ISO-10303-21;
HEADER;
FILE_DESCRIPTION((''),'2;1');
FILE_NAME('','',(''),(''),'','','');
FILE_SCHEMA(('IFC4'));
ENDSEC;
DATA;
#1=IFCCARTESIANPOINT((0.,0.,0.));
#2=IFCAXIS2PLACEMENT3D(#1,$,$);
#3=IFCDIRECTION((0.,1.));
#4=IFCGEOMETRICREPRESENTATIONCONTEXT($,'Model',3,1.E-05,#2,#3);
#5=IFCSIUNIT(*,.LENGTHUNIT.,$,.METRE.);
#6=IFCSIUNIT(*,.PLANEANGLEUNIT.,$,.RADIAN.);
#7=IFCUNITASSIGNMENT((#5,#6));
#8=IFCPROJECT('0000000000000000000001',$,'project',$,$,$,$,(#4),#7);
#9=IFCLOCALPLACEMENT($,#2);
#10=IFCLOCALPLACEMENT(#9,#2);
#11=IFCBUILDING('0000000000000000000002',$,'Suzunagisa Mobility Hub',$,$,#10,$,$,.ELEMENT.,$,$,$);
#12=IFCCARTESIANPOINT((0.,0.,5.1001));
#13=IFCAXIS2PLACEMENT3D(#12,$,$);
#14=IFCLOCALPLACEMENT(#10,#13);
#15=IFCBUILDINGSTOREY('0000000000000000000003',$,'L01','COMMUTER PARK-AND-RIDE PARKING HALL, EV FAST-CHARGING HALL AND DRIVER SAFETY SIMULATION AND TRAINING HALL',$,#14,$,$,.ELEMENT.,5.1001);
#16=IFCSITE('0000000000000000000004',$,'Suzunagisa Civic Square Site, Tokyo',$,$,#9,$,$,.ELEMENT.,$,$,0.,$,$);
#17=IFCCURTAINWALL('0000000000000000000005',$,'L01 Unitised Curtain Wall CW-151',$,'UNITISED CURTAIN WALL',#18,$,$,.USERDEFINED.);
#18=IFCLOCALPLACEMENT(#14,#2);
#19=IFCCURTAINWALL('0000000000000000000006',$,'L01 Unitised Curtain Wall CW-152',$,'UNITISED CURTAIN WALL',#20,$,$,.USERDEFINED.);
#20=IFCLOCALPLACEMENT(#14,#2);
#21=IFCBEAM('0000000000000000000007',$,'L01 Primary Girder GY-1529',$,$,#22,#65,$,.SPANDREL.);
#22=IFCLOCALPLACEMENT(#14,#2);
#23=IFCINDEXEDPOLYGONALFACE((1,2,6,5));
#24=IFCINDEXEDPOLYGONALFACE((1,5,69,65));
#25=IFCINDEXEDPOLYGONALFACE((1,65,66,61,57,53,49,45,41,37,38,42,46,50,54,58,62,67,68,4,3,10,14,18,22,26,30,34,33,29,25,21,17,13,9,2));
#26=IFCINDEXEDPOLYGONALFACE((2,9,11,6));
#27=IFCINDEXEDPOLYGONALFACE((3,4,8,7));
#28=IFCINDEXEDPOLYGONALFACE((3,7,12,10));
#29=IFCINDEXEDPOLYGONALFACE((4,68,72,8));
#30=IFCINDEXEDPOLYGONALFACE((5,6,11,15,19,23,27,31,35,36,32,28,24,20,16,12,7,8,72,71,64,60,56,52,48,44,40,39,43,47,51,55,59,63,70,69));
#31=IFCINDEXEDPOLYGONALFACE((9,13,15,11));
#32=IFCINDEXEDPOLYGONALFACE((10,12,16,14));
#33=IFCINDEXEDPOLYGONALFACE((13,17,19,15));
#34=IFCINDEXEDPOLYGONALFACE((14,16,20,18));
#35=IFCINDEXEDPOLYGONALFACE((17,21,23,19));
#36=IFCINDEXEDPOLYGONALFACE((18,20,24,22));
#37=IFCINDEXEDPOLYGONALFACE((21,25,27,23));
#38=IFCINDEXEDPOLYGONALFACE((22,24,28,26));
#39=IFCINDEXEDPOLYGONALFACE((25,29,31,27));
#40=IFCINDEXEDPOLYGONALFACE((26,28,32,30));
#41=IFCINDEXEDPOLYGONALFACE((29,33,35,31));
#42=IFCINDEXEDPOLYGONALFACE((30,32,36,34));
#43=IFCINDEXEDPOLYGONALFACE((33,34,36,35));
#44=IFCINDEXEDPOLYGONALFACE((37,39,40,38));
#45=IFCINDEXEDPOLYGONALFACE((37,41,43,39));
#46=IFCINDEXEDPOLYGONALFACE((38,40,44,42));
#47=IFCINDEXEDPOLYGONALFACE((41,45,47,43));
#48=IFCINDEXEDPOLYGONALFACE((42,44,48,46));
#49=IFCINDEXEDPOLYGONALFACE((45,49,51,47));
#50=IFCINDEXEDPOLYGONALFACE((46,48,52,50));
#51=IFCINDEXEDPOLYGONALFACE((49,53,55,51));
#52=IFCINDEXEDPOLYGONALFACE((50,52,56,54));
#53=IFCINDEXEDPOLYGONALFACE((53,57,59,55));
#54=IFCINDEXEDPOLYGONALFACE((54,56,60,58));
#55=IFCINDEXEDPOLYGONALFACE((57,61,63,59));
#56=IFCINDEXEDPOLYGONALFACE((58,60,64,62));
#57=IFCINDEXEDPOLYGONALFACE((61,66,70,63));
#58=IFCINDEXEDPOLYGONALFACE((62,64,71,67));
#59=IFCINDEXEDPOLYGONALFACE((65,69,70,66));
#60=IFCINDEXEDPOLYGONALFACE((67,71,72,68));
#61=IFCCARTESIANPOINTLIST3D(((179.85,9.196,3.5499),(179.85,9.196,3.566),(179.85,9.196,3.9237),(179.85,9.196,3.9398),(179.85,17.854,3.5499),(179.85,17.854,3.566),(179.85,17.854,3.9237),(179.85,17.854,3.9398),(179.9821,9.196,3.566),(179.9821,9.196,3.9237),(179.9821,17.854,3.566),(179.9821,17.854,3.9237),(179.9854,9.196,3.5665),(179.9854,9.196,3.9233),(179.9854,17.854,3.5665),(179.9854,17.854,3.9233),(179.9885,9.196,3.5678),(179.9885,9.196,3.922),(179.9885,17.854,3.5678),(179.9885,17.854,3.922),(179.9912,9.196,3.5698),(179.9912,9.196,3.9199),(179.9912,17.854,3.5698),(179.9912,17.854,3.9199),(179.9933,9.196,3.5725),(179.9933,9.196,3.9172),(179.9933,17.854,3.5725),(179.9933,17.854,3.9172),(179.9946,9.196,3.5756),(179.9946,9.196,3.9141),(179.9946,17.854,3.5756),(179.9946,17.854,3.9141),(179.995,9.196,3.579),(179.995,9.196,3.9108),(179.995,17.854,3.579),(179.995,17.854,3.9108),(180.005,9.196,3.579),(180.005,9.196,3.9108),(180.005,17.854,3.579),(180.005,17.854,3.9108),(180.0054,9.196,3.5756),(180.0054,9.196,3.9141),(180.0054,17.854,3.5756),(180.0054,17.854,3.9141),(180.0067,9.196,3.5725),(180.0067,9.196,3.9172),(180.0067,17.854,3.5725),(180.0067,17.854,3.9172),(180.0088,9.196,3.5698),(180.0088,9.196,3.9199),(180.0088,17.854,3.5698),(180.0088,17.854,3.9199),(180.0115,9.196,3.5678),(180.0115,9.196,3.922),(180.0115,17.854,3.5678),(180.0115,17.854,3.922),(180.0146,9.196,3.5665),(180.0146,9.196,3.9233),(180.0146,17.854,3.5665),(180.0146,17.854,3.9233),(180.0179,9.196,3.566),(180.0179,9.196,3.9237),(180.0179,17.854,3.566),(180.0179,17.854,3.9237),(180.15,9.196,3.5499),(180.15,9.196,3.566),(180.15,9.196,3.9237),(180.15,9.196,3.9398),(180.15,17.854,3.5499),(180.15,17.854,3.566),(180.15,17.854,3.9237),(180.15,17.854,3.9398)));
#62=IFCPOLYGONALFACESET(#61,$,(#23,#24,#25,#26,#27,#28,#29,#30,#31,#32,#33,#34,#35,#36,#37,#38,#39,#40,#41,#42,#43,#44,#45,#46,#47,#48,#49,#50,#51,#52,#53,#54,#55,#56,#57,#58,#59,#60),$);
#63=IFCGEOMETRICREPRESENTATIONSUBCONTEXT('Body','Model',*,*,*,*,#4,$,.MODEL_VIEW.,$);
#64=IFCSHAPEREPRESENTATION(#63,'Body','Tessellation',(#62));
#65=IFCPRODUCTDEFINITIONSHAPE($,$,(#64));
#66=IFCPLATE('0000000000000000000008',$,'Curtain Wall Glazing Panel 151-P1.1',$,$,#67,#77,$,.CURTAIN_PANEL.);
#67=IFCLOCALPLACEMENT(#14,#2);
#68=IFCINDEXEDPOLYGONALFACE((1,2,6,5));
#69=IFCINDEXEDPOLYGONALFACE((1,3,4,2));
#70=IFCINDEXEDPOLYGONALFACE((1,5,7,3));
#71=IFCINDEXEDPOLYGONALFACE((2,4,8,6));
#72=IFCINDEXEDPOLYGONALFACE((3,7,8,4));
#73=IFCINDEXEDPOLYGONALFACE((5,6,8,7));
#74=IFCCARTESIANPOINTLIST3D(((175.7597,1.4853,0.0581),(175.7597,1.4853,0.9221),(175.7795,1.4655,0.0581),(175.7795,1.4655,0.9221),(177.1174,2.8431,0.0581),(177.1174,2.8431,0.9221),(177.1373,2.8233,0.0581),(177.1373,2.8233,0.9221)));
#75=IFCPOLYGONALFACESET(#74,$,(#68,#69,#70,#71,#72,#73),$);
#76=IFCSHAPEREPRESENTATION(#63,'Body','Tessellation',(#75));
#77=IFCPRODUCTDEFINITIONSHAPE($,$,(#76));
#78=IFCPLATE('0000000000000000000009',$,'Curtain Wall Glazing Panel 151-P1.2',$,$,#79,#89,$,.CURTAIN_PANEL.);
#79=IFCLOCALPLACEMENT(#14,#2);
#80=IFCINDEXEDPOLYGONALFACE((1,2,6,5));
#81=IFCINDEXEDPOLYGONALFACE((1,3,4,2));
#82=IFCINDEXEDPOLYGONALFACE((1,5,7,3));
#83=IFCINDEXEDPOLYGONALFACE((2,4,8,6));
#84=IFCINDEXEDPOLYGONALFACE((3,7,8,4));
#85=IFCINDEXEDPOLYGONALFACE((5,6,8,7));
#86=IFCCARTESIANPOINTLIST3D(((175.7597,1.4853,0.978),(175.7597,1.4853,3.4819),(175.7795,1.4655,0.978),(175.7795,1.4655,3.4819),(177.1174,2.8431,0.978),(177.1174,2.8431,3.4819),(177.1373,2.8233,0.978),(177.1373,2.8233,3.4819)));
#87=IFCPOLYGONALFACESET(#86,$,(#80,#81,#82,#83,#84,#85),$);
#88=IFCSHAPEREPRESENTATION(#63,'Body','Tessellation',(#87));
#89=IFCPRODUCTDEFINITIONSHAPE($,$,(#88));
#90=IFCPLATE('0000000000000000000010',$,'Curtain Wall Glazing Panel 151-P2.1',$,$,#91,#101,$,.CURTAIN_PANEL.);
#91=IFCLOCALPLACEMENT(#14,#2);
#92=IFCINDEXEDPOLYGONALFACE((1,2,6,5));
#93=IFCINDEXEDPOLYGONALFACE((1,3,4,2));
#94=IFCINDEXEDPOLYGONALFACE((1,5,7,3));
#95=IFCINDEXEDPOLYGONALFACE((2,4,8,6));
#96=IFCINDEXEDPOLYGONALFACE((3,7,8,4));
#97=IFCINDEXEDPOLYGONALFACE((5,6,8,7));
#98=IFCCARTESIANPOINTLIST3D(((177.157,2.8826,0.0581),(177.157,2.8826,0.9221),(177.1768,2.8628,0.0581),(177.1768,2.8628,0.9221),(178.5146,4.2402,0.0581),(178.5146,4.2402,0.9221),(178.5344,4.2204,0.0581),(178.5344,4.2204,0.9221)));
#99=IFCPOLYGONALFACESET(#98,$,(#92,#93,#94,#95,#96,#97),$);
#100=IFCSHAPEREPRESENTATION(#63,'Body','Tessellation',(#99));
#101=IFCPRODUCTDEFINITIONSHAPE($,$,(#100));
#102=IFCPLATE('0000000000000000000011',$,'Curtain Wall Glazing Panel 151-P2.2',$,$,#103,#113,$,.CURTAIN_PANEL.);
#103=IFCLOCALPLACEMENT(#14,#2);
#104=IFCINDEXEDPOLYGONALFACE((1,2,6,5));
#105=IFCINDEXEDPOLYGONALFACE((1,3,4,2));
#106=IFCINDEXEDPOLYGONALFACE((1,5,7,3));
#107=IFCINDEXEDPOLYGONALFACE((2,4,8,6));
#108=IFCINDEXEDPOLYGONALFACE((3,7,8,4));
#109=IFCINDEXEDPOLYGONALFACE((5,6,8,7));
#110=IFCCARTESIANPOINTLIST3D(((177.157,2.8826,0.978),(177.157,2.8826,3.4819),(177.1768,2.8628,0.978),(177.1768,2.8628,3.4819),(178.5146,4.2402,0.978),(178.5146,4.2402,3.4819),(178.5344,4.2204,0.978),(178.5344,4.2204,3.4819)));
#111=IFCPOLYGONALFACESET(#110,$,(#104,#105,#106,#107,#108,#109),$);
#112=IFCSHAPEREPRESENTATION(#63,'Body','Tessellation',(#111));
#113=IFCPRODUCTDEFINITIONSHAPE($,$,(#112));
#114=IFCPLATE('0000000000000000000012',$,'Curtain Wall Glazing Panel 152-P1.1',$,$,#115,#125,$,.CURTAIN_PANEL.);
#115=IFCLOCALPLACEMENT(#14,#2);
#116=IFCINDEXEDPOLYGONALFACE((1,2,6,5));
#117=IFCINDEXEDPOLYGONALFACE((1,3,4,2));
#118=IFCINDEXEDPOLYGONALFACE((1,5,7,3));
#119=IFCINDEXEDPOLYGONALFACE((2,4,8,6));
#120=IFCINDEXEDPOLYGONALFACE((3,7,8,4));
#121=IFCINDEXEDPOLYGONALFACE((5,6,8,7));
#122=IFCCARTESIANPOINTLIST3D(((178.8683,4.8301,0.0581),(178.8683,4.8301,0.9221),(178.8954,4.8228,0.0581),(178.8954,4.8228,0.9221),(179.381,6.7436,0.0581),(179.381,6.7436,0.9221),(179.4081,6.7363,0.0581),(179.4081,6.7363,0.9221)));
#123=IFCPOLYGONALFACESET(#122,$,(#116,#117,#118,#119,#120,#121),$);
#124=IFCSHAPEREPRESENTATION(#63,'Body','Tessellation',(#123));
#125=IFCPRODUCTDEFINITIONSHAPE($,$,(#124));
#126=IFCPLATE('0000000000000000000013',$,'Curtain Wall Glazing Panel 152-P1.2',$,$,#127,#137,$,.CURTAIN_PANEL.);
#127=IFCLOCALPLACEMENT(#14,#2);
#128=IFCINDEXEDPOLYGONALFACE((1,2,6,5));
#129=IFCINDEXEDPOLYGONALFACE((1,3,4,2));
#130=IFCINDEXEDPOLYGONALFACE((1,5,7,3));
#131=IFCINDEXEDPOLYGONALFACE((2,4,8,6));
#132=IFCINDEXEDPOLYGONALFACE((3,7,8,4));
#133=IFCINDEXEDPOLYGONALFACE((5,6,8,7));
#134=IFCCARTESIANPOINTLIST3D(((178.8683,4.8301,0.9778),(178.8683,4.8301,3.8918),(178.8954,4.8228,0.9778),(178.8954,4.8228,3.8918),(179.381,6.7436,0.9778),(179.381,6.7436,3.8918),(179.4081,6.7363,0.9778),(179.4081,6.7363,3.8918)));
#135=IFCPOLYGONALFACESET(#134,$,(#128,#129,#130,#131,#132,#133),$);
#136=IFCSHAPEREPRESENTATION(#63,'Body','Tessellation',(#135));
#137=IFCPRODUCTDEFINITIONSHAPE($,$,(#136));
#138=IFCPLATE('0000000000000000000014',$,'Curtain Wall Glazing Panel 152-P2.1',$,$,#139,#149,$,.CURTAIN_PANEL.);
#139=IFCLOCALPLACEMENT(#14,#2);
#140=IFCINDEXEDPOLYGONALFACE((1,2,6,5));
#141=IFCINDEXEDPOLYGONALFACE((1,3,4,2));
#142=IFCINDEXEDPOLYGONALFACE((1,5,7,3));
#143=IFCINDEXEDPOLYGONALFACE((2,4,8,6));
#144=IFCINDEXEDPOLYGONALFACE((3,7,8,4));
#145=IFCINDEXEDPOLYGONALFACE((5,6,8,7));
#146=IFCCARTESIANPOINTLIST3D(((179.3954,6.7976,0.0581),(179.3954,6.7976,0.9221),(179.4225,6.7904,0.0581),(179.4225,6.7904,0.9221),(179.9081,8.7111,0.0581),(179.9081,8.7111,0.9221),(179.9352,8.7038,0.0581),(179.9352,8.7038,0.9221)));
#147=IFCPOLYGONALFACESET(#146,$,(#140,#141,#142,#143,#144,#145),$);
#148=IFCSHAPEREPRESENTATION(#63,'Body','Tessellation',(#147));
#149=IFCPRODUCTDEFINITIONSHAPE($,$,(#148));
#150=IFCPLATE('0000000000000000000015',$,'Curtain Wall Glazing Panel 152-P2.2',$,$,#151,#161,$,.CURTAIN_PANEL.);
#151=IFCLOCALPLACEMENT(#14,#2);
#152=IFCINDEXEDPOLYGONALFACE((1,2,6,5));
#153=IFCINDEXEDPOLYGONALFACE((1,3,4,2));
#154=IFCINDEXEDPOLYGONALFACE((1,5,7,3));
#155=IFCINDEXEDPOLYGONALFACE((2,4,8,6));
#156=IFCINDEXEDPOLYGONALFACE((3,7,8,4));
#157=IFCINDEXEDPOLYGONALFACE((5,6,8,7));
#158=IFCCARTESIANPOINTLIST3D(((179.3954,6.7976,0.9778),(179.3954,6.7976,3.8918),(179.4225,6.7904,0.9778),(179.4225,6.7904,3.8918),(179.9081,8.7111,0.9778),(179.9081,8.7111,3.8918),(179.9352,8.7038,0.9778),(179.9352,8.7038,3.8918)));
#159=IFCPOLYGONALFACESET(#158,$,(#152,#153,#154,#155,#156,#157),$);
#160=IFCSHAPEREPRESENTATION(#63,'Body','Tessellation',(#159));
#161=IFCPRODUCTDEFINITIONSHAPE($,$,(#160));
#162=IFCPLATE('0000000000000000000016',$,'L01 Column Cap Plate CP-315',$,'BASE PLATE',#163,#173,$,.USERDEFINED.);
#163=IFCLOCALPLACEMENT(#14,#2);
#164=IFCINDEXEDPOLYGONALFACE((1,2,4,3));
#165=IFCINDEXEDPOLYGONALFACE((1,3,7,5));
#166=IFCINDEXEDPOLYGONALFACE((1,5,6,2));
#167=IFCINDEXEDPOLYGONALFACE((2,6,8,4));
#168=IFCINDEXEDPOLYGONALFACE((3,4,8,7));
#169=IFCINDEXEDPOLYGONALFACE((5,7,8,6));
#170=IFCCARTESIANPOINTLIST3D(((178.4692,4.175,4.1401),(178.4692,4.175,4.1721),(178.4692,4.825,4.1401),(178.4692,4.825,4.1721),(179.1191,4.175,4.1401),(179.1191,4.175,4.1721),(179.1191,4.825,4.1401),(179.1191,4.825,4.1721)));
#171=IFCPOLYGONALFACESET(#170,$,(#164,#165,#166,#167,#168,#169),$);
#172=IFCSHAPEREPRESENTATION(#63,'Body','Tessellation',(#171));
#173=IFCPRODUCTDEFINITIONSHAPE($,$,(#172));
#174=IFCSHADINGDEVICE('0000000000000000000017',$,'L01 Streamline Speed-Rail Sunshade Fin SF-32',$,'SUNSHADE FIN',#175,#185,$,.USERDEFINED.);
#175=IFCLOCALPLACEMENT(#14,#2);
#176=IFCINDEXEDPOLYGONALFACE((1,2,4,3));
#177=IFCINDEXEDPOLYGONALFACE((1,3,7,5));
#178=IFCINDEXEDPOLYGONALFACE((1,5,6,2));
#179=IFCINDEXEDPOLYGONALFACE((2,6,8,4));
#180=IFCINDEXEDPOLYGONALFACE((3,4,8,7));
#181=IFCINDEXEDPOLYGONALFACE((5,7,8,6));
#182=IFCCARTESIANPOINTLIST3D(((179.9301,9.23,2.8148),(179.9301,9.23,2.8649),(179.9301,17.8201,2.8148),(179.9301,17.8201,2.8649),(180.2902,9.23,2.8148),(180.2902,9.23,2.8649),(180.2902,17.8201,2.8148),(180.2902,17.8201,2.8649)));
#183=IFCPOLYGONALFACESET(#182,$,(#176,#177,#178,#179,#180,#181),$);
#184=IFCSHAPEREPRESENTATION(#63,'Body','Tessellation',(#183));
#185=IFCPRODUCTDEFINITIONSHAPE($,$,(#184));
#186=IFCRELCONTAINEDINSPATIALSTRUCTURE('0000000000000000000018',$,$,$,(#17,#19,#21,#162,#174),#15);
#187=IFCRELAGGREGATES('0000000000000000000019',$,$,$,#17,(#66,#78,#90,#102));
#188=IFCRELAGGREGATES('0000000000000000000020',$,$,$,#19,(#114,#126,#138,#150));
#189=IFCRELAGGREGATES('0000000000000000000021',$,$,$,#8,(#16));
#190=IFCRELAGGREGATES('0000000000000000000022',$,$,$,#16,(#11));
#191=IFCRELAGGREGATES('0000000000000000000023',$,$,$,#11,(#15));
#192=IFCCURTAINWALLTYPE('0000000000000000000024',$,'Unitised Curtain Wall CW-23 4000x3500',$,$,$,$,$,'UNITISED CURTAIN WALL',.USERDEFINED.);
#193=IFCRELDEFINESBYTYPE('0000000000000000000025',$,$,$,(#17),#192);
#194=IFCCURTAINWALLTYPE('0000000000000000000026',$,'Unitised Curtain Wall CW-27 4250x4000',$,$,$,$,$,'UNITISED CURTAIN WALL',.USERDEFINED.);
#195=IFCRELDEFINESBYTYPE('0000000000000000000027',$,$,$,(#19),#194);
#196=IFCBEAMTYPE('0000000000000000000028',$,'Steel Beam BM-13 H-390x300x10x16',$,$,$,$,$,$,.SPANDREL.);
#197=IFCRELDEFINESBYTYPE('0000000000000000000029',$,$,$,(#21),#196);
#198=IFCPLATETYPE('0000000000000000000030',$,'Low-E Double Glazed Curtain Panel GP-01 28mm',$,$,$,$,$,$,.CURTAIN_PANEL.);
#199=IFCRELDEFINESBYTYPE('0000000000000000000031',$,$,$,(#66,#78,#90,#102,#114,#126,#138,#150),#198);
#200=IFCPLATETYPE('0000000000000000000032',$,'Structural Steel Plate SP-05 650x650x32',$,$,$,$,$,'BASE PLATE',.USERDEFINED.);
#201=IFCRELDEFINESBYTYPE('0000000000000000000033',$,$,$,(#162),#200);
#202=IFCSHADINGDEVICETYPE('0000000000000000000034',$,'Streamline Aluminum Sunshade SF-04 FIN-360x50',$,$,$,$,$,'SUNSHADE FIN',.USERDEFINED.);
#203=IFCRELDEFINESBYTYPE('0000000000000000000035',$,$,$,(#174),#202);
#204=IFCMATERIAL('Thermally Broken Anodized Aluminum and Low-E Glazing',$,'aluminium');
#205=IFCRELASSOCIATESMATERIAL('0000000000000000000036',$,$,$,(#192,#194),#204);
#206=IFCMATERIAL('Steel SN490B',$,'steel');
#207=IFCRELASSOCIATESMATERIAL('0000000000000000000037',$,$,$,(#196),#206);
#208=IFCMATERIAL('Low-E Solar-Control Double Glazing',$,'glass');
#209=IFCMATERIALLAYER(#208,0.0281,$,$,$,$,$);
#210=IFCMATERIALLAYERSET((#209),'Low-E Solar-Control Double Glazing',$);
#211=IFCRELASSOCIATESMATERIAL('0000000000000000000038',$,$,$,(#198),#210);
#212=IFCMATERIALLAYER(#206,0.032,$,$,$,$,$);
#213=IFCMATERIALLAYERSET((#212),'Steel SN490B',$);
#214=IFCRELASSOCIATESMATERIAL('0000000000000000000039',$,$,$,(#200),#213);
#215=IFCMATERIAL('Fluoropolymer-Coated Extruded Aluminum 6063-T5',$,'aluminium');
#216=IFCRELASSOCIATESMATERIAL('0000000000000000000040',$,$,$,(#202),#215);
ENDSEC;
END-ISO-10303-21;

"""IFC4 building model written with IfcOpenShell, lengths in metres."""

from ifc_helpers import new_model, si_unit, direction, frame, origin, origin_2d, place, context, subcontext, project, spatial, rectangle, i_section, extrude, material, layer, layer_set, material_profile, profile_set, type_object, element, aggregate, save


model = new_model("IFC4")

# Units and contexts
model_context = context("Model", 3, precision=1e-05, world=origin(), true_north=direction((0.0, 1.0)))
body_context = subcontext(model_context, "Body", "Model", "MODEL_VIEW")
ifc_project = project(units=[si_unit("LENGTHUNIT", "METRE"), si_unit("PLANEANGLEUNIT", "RADIAN")], contexts=[model_context])

# Site, building, storey
site_placement = place(None, origin())
site = spatial("IfcSite", under=ifc_project, at=site_placement, Name="Suzunagisa Civic Square Site, Tokyo", CompositionType="ELEMENT", RefElevation=0.0)
building_placement = place(site_placement, origin())
building = spatial("IfcBuilding", under=site, at=building_placement, Name="Suzunagisa Mobility Hub", CompositionType="ELEMENT")
storey_placement = place(building_placement, frame((0.0, 0.0, 5.1001)))
storey = spatial("IfcBuildingStorey", under=building, at=storey_placement, Name="L01", Description="COMMUTER PARK-AND-RIDE PARKING HALL, EV FAST-CHARGING HALL AND DRIVER SAFETY SIMULATION AND TRAINING HALL", CompositionType="ELEMENT", Elevation=5.1001)

# Shared definitions
ifc_material_1 = material(Name="Steel SN490B", Category="steel")

# Curtain walls
ifc_material_2 = material(Name="Thermally Broken Anodized Aluminum and Low-E Glazing", Category="aluminium")
curtain_wall_type_1 = type_object("IfcCurtainWallType", Name="Unitised Curtain Wall CW-23 4000x3500", ElementType="UNITISED CURTAIN WALL", PredefinedType="USERDEFINED", material=ifc_material_2)
curtain_wall_1_placement = place(storey_placement, origin())
curtain_wall_1 = element("IfcCurtainWall", 1, at=curtain_wall_1_placement, inside=storey, type_object=curtain_wall_type_1, Name="L01 Unitised Curtain Wall CW-151", ObjectType="UNITISED CURTAIN WALL", PredefinedType="USERDEFINED")
curtain_wall_type_2 = type_object("IfcCurtainWallType", Name="Unitised Curtain Wall CW-27 4250x4000", ElementType="UNITISED CURTAIN WALL", PredefinedType="USERDEFINED", material=ifc_material_2)
curtain_wall_2_placement = place(storey_placement, origin())
curtain_wall_2 = element("IfcCurtainWall", 2, at=curtain_wall_2_placement, inside=storey, type_object=curtain_wall_type_2, Name="L01 Unitised Curtain Wall CW-152", ObjectType="UNITISED CURTAIN WALL", PredefinedType="USERDEFINED")

# Beam
ifc_material_profile_1 = material_profile(ifc_material_1, i_section(OverallWidth=0.3, OverallDepth=0.3899, WebThickness=0.01, FlangeThickness=0.0161, FilletRadius=0.0129, at=origin_2d()), Name="H-390x300x10x16")
ifc_profile_set_1 = profile_set([ifc_material_profile_1], Name="Steel SN490B")
beam_type = type_object("IfcBeamType", Name="Steel Beam BM-13 H-390x300x10x16", PredefinedType="SPANDREL", material=ifc_profile_set_1)
beam_placement = place(storey_placement, frame((180.0, 9.196, 3.7449), z_axis=(0.0, 1.0, 0.0), x_axis=(-1.0, 0.0, 0.0)))
element("IfcBeam", 3, at=beam_placement, inside=storey, type_object=beam_type, Name="L01 Primary Girder GY-1529", PredefinedType="SPANDREL", context=body_context, shape_type="SweptSolid", body=[
    extrude(i_section(OverallWidth=0.3, OverallDepth=0.3899, WebThickness=0.01, FlangeThickness=0.0161, FilletRadius=0.0129, at=origin_2d()), origin(), (0.0, 0.0, 1.0), 8.658),
])

# Plates
ifc_material_3 = material(Name="Low-E Solar-Control Double Glazing", Category="glass")
ifc_layer_1 = layer(ifc_material_3, 0.0281)
ifc_layer_set_1 = layer_set([ifc_layer_1], Name="Low-E Solar-Control Double Glazing")
plate_type_1 = type_object("IfcPlateType", Name="Low-E Double Glazed Curtain Panel GP-01 28mm", PredefinedType="CURTAIN_PANEL", material=ifc_layer_set_1)
plate_1_placement = place(storey_placement, frame((176.4485, 2.1543, 0.0581), z_axis=(0.0, 0.0, 1.0), x_axis=(0.707107, 0.707107, 0.0)))
plate_1 = element("IfcPlate", 4, at=plate_1_placement, type_object=plate_type_1, Name="Curtain Wall Glazing Panel 151-P1.1", PredefinedType="CURTAIN_PANEL", context=body_context, shape_type="SweptSolid", body=[
    extrude(rectangle(XDim=1.9202, YDim=0.0281, at=origin_2d()), origin(), (0.0, 0.0, 1.0), 0.864),
])
plate_2_placement = place(storey_placement, frame((176.4485, 2.1543, 0.978), z_axis=(0.0, 0.0, 1.0), x_axis=(0.707107, 0.707107, 0.0)))
plate_2 = element("IfcPlate", 5, at=plate_2_placement, type_object=plate_type_1, Name="Curtain Wall Glazing Panel 151-P1.2", PredefinedType="CURTAIN_PANEL", context=body_context, shape_type="SweptSolid", body=[
    extrude(rectangle(XDim=1.9202, YDim=0.0281, at=origin_2d()), origin(), (0.0, 0.0, 1.0), 2.5039),
])
plate_3_placement = place(storey_placement, frame((177.8457, 3.5515, 0.0581), z_axis=(0.0, 0.0, 1.0), x_axis=(0.707107, 0.707107, 0.0)))
plate_3 = element("IfcPlate", 6, at=plate_3_placement, type_object=plate_type_1, Name="Curtain Wall Glazing Panel 151-P2.1", PredefinedType="CURTAIN_PANEL", context=body_context, shape_type="SweptSolid", body=[
    extrude(rectangle(XDim=1.9199, YDim=0.0281, at=origin_2d()), origin(), (0.0, 0.0, 1.0), 0.864),
])
plate_4_placement = place(storey_placement, frame((177.8457, 3.5515, 0.978), z_axis=(0.0, 0.0, 1.0), x_axis=(0.707107, 0.707107, 0.0)))
plate_4 = element("IfcPlate", 7, at=plate_4_placement, type_object=plate_type_1, Name="Curtain Wall Glazing Panel 151-P2.2", PredefinedType="CURTAIN_PANEL", context=body_context, shape_type="SweptSolid", body=[
    extrude(rectangle(XDim=1.9199, YDim=0.0281, at=origin_2d()), origin(), (0.0, 0.0, 1.0), 2.5039),
])
aggregate(curtain_wall_1, [plate_1, plate_2, plate_3, plate_4])
plate_5_placement = place(storey_placement, frame((179.1382, 5.7832, 0.0581), z_axis=(0.0, 0.0, 1.0), x_axis=(0.258814, 0.965927, 0.0)))
plate_5 = element("IfcPlate", 8, at=plate_5_placement, type_object=plate_type_1, Name="Curtain Wall Glazing Panel 152-P1.1", PredefinedType="CURTAIN_PANEL", context=body_context, shape_type="SweptSolid", body=[
    extrude(rectangle(XDim=1.981, YDim=0.0281, at=origin_2d()), origin(), (0.0, 0.0, 1.0), 0.864),
])
plate_6_placement = place(storey_placement, frame((179.1382, 5.7832, 0.9778), z_axis=(0.0, 0.0, 1.0), x_axis=(0.258814, 0.965927, 0.0)))
plate_6 = element("IfcPlate", 9, at=plate_6_placement, type_object=plate_type_1, Name="Curtain Wall Glazing Panel 152-P1.2", PredefinedType="CURTAIN_PANEL", context=body_context, shape_type="SweptSolid", body=[
    extrude(rectangle(XDim=1.981, YDim=0.0281, at=origin_2d()), origin(), (0.0, 0.0, 1.0), 2.9141),
])
plate_7_placement = place(storey_placement, frame((179.6653, 7.7507, 0.0581), z_axis=(0.0, 0.0, 1.0), x_axis=(0.258814, 0.965927, 0.0)))
plate_7 = element("IfcPlate", 10, at=plate_7_placement, type_object=plate_type_1, Name="Curtain Wall Glazing Panel 152-P2.1", PredefinedType="CURTAIN_PANEL", context=body_context, shape_type="SweptSolid", body=[
    extrude(rectangle(XDim=1.981, YDim=0.0281, at=origin_2d()), origin(), (0.0, 0.0, 1.0), 0.864),
])
plate_8_placement = place(storey_placement, frame((179.6653, 7.7507, 0.9778), z_axis=(0.0, 0.0, 1.0), x_axis=(0.258814, 0.965927, 0.0)))
plate_8 = element("IfcPlate", 11, at=plate_8_placement, type_object=plate_type_1, Name="Curtain Wall Glazing Panel 152-P2.2", PredefinedType="CURTAIN_PANEL", context=body_context, shape_type="SweptSolid", body=[
    extrude(rectangle(XDim=1.981, YDim=0.0281, at=origin_2d()), origin(), (0.0, 0.0, 1.0), 2.9141),
])
aggregate(curtain_wall_2, [plate_5, plate_6, plate_7, plate_8])
ifc_layer_2 = layer(ifc_material_1, 0.032)
ifc_layer_set_2 = layer_set([ifc_layer_2], Name="Steel SN490B")
plate_type_2 = type_object("IfcPlateType", Name="Structural Steel Plate SP-05 650x650x32", ElementType="BASE PLATE", PredefinedType="USERDEFINED", material=ifc_layer_set_2)
plate_9_placement = place(storey_placement, frame((178.7942, 4.5, 4.1401), z_axis=(0.0, 0.0, 1.0), x_axis=(1.0, 0.0, 0.0)))
element("IfcPlate", 12, at=plate_9_placement, inside=storey, type_object=plate_type_2, Name="L01 Column Cap Plate CP-315", ObjectType="BASE PLATE", PredefinedType="USERDEFINED", context=body_context, shape_type="SweptSolid", body=[
    extrude(rectangle(XDim=0.6499, YDim=0.6499, at=origin_2d()), origin(), (0.0, 0.0, 1.0), 0.032),
])

# Shading device
ifc_material_4 = material(Name="Fluoropolymer-Coated Extruded Aluminum 6063-T5", Category="aluminium")
ifc_material_profile_2 = material_profile(ifc_material_4, rectangle(XDim=0.3601, YDim=0.05, at=origin_2d()), Name="FIN-360x50")
ifc_profile_set_2 = profile_set([ifc_material_profile_2], Name="Fluoropolymer-Coated Extruded Aluminum 6063-T5")
shading_device_type = type_object("IfcShadingDeviceType", Name="Streamline Aluminum Sunshade SF-04 FIN-360x50", ElementType="SUNSHADE FIN", PredefinedType="USERDEFINED", material=ifc_profile_set_2)
shading_device_placement = place(storey_placement, frame((180.1101, 9.23, 2.8398), z_axis=(0.0, 1.0, 0.0), x_axis=(-1.0, 0.0, 0.0)))
element("IfcShadingDevice", 13, at=shading_device_placement, inside=storey, type_object=shading_device_type, Name="L01 Streamline Speed-Rail Sunshade Fin SF-32", ObjectType="SUNSHADE FIN", PredefinedType="USERDEFINED", context=body_context, shape_type="SweptSolid", body=[
    extrude(rectangle(XDim=0.3601, YDim=0.05, at=origin_2d()), origin(), (0.0, 0.0, 1.0), 8.5901),
])

save(model, "model.ifc")
